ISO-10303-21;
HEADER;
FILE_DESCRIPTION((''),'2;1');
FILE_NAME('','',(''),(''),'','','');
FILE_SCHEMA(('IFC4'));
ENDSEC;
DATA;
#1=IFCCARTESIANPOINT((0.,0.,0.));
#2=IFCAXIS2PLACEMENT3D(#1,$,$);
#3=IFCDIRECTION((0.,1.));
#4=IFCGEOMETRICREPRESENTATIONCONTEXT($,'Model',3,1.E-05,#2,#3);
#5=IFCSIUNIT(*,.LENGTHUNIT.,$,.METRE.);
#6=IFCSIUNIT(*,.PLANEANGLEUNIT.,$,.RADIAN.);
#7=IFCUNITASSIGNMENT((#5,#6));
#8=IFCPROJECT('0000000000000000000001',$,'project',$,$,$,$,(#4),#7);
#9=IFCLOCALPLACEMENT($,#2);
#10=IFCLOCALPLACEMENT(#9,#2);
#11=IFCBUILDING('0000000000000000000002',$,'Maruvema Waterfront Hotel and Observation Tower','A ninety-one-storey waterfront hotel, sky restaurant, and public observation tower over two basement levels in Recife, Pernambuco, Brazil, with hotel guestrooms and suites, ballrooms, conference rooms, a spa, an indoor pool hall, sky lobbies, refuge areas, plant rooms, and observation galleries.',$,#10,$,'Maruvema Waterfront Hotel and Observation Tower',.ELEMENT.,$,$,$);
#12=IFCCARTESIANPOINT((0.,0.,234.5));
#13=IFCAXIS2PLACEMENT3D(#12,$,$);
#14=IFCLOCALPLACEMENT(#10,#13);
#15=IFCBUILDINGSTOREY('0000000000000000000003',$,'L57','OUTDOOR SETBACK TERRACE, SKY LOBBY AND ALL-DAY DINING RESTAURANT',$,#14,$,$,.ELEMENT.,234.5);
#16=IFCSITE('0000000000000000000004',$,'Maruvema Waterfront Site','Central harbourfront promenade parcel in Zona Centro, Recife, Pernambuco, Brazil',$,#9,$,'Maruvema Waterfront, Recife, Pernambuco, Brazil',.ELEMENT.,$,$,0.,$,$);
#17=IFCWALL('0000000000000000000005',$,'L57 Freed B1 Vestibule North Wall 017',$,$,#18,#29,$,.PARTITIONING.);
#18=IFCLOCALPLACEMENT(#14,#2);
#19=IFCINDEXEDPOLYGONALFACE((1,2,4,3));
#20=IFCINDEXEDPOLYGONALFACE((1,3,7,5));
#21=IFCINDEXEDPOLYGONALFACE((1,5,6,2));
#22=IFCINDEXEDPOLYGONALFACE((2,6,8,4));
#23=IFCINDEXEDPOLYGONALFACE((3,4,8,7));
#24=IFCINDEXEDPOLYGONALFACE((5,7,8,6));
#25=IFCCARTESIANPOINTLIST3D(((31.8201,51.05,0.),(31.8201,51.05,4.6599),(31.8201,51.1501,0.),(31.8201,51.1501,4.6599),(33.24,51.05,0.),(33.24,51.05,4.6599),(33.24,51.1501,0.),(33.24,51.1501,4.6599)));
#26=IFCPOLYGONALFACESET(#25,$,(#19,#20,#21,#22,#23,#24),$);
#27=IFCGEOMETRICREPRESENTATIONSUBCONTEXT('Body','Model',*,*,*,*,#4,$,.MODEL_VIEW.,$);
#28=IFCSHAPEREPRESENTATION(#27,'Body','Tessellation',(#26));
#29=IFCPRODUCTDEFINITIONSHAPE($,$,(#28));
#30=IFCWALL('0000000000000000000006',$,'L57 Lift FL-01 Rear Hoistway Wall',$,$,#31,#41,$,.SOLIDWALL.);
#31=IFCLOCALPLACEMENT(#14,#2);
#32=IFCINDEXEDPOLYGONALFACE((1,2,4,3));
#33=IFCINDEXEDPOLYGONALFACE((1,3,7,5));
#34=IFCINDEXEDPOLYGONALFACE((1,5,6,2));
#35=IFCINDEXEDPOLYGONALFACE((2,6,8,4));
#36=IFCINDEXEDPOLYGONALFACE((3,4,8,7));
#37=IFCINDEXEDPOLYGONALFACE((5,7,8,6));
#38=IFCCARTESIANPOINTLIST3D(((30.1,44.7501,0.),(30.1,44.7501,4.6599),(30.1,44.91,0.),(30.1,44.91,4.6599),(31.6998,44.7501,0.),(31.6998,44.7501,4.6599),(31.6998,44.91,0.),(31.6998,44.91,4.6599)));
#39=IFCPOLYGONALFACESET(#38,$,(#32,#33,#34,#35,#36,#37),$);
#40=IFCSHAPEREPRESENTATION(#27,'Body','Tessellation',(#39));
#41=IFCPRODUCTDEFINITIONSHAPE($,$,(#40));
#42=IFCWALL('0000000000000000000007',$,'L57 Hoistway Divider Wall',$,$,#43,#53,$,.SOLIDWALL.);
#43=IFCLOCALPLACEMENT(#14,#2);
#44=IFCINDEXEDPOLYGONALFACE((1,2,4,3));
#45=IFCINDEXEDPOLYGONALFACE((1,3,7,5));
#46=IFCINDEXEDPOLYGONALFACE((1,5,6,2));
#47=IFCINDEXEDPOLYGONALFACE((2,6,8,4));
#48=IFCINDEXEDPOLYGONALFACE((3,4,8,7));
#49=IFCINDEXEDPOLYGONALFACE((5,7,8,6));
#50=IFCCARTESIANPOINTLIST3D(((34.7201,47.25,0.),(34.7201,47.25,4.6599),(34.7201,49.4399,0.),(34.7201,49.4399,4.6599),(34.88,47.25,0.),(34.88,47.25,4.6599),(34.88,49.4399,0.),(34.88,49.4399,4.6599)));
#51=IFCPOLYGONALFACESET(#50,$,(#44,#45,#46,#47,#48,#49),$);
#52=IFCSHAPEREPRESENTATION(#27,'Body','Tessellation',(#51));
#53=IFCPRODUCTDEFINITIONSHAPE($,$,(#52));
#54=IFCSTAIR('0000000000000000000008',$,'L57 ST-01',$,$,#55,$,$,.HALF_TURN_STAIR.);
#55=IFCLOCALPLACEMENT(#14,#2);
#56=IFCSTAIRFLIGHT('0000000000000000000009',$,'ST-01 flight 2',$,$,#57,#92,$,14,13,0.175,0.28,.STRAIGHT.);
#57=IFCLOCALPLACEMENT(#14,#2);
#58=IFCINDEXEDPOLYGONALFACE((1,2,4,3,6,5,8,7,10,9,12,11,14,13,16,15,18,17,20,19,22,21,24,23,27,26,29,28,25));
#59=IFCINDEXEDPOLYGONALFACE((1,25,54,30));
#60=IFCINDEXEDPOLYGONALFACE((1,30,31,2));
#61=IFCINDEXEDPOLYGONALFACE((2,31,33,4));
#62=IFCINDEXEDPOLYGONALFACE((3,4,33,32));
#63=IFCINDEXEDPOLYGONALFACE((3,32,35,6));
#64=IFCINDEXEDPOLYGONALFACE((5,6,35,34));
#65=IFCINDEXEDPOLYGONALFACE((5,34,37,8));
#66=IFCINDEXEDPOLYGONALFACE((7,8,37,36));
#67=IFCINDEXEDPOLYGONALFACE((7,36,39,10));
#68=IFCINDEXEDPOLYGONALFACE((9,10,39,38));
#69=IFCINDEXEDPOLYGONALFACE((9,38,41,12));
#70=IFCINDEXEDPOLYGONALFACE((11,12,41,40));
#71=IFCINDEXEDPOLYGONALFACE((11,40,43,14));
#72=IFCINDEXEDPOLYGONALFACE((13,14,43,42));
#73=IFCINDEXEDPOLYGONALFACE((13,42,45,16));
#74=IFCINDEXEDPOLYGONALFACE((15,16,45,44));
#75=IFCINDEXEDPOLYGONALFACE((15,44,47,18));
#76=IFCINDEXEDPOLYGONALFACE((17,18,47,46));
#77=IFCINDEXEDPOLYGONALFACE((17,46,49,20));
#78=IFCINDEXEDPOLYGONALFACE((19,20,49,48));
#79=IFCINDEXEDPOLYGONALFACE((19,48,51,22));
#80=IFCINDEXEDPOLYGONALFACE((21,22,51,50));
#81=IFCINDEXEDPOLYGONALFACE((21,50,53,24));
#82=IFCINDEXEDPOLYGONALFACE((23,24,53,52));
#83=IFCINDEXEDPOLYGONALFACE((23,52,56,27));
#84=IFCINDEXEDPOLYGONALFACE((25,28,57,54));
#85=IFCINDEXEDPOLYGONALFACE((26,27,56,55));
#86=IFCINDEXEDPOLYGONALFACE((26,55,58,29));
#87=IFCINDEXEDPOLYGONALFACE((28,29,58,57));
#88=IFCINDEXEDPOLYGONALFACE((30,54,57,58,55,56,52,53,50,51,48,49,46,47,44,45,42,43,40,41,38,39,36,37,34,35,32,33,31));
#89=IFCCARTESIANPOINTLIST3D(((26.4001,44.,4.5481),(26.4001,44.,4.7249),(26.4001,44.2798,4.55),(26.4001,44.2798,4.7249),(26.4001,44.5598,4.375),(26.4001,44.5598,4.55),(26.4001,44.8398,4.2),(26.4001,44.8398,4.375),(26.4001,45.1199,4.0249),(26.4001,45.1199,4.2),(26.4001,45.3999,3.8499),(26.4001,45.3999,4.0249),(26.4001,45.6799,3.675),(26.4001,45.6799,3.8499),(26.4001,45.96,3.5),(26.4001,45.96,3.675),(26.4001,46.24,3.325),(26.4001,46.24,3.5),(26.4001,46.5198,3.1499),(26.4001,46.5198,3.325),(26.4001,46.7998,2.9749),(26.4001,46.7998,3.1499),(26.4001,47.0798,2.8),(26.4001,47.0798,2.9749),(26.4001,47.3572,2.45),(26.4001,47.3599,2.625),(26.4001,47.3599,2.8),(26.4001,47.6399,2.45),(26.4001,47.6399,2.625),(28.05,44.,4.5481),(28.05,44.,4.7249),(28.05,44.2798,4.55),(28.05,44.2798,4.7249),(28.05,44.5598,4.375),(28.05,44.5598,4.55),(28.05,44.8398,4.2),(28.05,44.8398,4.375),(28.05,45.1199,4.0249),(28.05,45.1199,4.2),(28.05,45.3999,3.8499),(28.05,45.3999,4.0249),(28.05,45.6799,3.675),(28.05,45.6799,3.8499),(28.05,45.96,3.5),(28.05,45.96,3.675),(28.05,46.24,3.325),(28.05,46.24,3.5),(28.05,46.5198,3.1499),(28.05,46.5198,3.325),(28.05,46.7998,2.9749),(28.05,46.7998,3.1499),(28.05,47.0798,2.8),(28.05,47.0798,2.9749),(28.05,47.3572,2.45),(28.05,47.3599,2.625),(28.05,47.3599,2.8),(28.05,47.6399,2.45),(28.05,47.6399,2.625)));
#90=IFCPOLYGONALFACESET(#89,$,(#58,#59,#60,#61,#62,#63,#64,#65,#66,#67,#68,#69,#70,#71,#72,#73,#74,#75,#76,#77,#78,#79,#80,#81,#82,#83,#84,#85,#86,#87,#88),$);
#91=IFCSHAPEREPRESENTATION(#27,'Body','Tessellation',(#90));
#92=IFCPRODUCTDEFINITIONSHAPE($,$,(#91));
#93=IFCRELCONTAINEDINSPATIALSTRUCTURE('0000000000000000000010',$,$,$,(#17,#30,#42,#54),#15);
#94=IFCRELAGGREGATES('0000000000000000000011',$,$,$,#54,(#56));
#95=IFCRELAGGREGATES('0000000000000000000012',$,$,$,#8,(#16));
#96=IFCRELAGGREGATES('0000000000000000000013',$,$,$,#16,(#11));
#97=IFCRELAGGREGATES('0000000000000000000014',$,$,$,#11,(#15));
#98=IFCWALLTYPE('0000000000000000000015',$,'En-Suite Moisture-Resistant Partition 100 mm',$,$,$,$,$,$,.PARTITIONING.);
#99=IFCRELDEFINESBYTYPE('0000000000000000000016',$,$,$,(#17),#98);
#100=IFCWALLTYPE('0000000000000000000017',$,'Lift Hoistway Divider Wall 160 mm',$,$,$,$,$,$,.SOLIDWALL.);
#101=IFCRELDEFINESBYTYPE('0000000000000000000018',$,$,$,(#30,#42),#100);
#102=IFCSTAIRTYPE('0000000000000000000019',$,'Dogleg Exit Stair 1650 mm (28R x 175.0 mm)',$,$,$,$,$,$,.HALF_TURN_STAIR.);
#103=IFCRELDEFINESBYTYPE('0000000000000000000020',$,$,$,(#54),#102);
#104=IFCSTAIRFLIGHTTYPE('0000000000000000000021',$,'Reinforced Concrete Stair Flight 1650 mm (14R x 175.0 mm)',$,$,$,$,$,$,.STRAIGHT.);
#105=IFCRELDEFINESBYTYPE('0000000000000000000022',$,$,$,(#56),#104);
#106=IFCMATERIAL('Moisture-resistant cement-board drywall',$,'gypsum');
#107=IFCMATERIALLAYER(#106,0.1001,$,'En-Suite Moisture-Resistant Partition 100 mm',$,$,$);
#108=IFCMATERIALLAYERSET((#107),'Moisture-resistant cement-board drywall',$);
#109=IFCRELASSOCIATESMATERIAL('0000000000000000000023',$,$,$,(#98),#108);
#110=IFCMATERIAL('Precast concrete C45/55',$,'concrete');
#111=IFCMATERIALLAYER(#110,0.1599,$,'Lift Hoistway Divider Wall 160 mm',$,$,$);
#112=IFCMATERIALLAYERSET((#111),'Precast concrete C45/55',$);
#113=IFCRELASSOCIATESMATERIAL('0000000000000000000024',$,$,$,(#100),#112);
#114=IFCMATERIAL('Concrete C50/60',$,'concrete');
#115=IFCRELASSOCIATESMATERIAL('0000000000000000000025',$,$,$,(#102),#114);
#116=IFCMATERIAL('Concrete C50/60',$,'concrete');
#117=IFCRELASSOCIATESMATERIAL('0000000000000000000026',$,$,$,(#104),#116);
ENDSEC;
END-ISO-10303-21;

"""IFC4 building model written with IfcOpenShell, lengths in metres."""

from ifc_helpers import new_model, si_unit, direction, frame, frame_2d, origin, place, context, subcontext, project, spatial, polyline, rectangle, outline, extrude, material, layer, layer_set, type_object, element, aggregate, save


model = new_model("IFC4")

# Units and contexts
model_context = context("Model", 3, precision=1e-05, world=origin(), true_north=direction((0.0, 1.0)))
body_context = subcontext(model_context, "Body", "Model", "MODEL_VIEW")
ifc_project = project(units=[si_unit("LENGTHUNIT", "METRE"), si_unit("PLANEANGLEUNIT", "RADIAN")], contexts=[model_context])

# Site, building, storey
site_placement = place(None, origin())
site = spatial("IfcSite", under=ifc_project, at=site_placement, Name="Maruvema Waterfront Site", Description="Central harbourfront promenade parcel in Zona Centro, Recife, Pernambuco, Brazil", LongName="Maruvema Waterfront, Recife, Pernambuco, Brazil", CompositionType="ELEMENT", RefElevation=0.0)
building_placement = place(site_placement, origin())
building = spatial("IfcBuilding", under=site, at=building_placement, Name="Maruvema Waterfront Hotel and Observation Tower", Description="A ninety-one-storey waterfront hotel, sky restaurant, and public observation tower over two basement levels in Recife, Pernambuco, Brazil, with hotel guestrooms and suites, ballrooms, conference rooms, a spa, an indoor pool hall, sky lobbies, refuge areas, plant rooms, and observation galleries.", LongName="Maruvema Waterfront Hotel and Observation Tower", CompositionType="ELEMENT")
storey_placement = place(building_placement, frame((0.0, 0.0, 234.5)))
storey = spatial("IfcBuildingStorey", under=building, at=storey_placement, Name="L57", Description="OUTDOOR SETBACK TERRACE, SKY LOBBY AND ALL-DAY DINING RESTAURANT", CompositionType="ELEMENT", Elevation=234.5)

# Shared definitions
ifc_material_1 = material(Name="Moisture-resistant cement-board drywall", Category="gypsum")
ifc_layer_1 = layer(ifc_material_1, 0.1001, Name="En-Suite Moisture-Resistant Partition 100 mm")
ifc_layer_set_1 = layer_set([ifc_layer_1], Name="Moisture-resistant cement-board drywall")
wall_type_1 = type_object("IfcWallType", Name="En-Suite Moisture-Resistant Partition 100 mm", PredefinedType="PARTITIONING", material=ifc_layer_set_1)

# Walls
wall_1_placement = place(storey_placement, frame((31.8201, 51.1001, 0.0), z_axis=(0.0, 0.0, 1.0), x_axis=(1.0, 0.0, 0.0)))
element("IfcWall", 1, at=wall_1_placement, inside=storey, type_object=wall_type_1, Name="L57 Freed B1 Vestibule North Wall 017", PredefinedType="PARTITIONING", context=body_context, shape_type="SweptSolid", body=[
    extrude(rectangle(XDim=1.4199, YDim=0.1001, at=frame_2d((0.71, 0.0))), origin(), (0.0, 0.0, 1.0), 4.6599),
])
ifc_material_2 = material(Name="Precast concrete C45/55", Category="concrete")
ifc_layer_2 = layer(ifc_material_2, 0.1599, Name="Lift Hoistway Divider Wall 160 mm")
ifc_layer_set_2 = layer_set([ifc_layer_2], Name="Precast concrete C45/55")
wall_type_2 = type_object("IfcWallType", Name="Lift Hoistway Divider Wall 160 mm", PredefinedType="SOLIDWALL", material=ifc_layer_set_2)
wall_2_placement = place(storey_placement, frame((30.1001, 44.8301, 0.0), z_axis=(0.0, 0.0, 1.0), x_axis=(1.0, 0.0, 0.0)))
element("IfcWall", 2, at=wall_2_placement, inside=storey, type_object=wall_type_2, Name="L57 Lift FL-01 Rear Hoistway Wall", PredefinedType="SOLIDWALL", context=body_context, shape_type="SweptSolid", body=[
    extrude(rectangle(XDim=1.5999, YDim=0.1599, at=frame_2d((0.7998, 0.0))), origin(), (0.0, 0.0, 1.0), 4.6599),
])
wall_3_placement = place(storey_placement, frame((34.8, 47.25, 0.0), z_axis=(0.0, 0.0, 1.0), x_axis=(0.0, 1.0, 0.0)))
element("IfcWall", 3, at=wall_3_placement, inside=storey, type_object=wall_type_2, Name="L57 Hoistway Divider Wall", PredefinedType="SOLIDWALL", context=body_context, shape_type="SweptSolid", body=[
    extrude(rectangle(XDim=2.1899, YDim=0.1599, at=frame_2d((1.095, 0.0))), origin(), (0.0, 0.0, 1.0), 4.6599),
])

# Stair, stair flight
ifc_material_3 = material(Name="Concrete C50/60", Category="concrete")
stair_type = type_object("IfcStairType", Name="Dogleg Exit Stair 1650 mm (28R x 175.0 mm)", PredefinedType="HALF_TURN_STAIR", material=ifc_material_3)
stair_placement = place(storey_placement, origin())
stair = element("IfcStair", 4, at=stair_placement, inside=storey, type_object=stair_type, Name="L57 ST-01", PredefinedType="HALF_TURN_STAIR")
ifc_material_4 = material(Name="Concrete C50/60", Category="concrete")
stair_flight_type = type_object("IfcStairFlightType", Name="Reinforced Concrete Stair Flight 1650 mm (14R x 175.0 mm)", PredefinedType="STRAIGHT", material=ifc_material_4)
stair_flight_placement = place(storey_placement, frame((27.2251, 47.6399, 2.45), z_axis=(0.0, 0.0, 1.0), x_axis=(0.0, -1.0, 0.0)))
stair_flight = element("IfcStairFlight", 5, at=stair_flight_placement, type_object=stair_flight_type, Name="ST-01 flight 2", NumberOfRisers=14, NumberOfTreads=13, PredefinedType="STRAIGHT", RiserHeight=0.175, TreadLength=0.28, context=body_context, shape_type="SweptSolid", body=[
    extrude(outline(polyline([(0.0, 0.0), (0.0, 0.175), (0.28, 0.175), (0.28, 0.3501), (0.5601, 0.3501), (0.5601, 0.5249), (0.8401, 0.5249), (0.8401, 0.7), (1.1201, 0.7), (1.1201, 0.875), (1.3999, 0.875), (1.3999, 1.05), (1.6799, 1.05), (1.6799, 1.2251), (1.96, 1.2251), (1.96, 1.3999), (2.24, 1.3999), (2.24, 1.575), (2.52, 1.575), (2.52, 1.75), (2.8, 1.75), (2.8, 1.925), (3.0801, 1.925), (3.0801, 2.1001), (3.3601, 2.1001), (3.3601, 2.2749), (3.6399, 2.2749), (3.6399, 2.45), (3.6399, 2.0981), (0.2827, 0.0), (0.0, 0.0)])), frame((0.0, 0.825, 0.0), z_axis=(0.0, -1.0, 0.0), x_axis=(1.0, 0.0, 0.0)), (0.0, 0.0, 1.0), 1.6499),
])
aggregate(stair, [stair_flight])

save(model, "model.ifc")
